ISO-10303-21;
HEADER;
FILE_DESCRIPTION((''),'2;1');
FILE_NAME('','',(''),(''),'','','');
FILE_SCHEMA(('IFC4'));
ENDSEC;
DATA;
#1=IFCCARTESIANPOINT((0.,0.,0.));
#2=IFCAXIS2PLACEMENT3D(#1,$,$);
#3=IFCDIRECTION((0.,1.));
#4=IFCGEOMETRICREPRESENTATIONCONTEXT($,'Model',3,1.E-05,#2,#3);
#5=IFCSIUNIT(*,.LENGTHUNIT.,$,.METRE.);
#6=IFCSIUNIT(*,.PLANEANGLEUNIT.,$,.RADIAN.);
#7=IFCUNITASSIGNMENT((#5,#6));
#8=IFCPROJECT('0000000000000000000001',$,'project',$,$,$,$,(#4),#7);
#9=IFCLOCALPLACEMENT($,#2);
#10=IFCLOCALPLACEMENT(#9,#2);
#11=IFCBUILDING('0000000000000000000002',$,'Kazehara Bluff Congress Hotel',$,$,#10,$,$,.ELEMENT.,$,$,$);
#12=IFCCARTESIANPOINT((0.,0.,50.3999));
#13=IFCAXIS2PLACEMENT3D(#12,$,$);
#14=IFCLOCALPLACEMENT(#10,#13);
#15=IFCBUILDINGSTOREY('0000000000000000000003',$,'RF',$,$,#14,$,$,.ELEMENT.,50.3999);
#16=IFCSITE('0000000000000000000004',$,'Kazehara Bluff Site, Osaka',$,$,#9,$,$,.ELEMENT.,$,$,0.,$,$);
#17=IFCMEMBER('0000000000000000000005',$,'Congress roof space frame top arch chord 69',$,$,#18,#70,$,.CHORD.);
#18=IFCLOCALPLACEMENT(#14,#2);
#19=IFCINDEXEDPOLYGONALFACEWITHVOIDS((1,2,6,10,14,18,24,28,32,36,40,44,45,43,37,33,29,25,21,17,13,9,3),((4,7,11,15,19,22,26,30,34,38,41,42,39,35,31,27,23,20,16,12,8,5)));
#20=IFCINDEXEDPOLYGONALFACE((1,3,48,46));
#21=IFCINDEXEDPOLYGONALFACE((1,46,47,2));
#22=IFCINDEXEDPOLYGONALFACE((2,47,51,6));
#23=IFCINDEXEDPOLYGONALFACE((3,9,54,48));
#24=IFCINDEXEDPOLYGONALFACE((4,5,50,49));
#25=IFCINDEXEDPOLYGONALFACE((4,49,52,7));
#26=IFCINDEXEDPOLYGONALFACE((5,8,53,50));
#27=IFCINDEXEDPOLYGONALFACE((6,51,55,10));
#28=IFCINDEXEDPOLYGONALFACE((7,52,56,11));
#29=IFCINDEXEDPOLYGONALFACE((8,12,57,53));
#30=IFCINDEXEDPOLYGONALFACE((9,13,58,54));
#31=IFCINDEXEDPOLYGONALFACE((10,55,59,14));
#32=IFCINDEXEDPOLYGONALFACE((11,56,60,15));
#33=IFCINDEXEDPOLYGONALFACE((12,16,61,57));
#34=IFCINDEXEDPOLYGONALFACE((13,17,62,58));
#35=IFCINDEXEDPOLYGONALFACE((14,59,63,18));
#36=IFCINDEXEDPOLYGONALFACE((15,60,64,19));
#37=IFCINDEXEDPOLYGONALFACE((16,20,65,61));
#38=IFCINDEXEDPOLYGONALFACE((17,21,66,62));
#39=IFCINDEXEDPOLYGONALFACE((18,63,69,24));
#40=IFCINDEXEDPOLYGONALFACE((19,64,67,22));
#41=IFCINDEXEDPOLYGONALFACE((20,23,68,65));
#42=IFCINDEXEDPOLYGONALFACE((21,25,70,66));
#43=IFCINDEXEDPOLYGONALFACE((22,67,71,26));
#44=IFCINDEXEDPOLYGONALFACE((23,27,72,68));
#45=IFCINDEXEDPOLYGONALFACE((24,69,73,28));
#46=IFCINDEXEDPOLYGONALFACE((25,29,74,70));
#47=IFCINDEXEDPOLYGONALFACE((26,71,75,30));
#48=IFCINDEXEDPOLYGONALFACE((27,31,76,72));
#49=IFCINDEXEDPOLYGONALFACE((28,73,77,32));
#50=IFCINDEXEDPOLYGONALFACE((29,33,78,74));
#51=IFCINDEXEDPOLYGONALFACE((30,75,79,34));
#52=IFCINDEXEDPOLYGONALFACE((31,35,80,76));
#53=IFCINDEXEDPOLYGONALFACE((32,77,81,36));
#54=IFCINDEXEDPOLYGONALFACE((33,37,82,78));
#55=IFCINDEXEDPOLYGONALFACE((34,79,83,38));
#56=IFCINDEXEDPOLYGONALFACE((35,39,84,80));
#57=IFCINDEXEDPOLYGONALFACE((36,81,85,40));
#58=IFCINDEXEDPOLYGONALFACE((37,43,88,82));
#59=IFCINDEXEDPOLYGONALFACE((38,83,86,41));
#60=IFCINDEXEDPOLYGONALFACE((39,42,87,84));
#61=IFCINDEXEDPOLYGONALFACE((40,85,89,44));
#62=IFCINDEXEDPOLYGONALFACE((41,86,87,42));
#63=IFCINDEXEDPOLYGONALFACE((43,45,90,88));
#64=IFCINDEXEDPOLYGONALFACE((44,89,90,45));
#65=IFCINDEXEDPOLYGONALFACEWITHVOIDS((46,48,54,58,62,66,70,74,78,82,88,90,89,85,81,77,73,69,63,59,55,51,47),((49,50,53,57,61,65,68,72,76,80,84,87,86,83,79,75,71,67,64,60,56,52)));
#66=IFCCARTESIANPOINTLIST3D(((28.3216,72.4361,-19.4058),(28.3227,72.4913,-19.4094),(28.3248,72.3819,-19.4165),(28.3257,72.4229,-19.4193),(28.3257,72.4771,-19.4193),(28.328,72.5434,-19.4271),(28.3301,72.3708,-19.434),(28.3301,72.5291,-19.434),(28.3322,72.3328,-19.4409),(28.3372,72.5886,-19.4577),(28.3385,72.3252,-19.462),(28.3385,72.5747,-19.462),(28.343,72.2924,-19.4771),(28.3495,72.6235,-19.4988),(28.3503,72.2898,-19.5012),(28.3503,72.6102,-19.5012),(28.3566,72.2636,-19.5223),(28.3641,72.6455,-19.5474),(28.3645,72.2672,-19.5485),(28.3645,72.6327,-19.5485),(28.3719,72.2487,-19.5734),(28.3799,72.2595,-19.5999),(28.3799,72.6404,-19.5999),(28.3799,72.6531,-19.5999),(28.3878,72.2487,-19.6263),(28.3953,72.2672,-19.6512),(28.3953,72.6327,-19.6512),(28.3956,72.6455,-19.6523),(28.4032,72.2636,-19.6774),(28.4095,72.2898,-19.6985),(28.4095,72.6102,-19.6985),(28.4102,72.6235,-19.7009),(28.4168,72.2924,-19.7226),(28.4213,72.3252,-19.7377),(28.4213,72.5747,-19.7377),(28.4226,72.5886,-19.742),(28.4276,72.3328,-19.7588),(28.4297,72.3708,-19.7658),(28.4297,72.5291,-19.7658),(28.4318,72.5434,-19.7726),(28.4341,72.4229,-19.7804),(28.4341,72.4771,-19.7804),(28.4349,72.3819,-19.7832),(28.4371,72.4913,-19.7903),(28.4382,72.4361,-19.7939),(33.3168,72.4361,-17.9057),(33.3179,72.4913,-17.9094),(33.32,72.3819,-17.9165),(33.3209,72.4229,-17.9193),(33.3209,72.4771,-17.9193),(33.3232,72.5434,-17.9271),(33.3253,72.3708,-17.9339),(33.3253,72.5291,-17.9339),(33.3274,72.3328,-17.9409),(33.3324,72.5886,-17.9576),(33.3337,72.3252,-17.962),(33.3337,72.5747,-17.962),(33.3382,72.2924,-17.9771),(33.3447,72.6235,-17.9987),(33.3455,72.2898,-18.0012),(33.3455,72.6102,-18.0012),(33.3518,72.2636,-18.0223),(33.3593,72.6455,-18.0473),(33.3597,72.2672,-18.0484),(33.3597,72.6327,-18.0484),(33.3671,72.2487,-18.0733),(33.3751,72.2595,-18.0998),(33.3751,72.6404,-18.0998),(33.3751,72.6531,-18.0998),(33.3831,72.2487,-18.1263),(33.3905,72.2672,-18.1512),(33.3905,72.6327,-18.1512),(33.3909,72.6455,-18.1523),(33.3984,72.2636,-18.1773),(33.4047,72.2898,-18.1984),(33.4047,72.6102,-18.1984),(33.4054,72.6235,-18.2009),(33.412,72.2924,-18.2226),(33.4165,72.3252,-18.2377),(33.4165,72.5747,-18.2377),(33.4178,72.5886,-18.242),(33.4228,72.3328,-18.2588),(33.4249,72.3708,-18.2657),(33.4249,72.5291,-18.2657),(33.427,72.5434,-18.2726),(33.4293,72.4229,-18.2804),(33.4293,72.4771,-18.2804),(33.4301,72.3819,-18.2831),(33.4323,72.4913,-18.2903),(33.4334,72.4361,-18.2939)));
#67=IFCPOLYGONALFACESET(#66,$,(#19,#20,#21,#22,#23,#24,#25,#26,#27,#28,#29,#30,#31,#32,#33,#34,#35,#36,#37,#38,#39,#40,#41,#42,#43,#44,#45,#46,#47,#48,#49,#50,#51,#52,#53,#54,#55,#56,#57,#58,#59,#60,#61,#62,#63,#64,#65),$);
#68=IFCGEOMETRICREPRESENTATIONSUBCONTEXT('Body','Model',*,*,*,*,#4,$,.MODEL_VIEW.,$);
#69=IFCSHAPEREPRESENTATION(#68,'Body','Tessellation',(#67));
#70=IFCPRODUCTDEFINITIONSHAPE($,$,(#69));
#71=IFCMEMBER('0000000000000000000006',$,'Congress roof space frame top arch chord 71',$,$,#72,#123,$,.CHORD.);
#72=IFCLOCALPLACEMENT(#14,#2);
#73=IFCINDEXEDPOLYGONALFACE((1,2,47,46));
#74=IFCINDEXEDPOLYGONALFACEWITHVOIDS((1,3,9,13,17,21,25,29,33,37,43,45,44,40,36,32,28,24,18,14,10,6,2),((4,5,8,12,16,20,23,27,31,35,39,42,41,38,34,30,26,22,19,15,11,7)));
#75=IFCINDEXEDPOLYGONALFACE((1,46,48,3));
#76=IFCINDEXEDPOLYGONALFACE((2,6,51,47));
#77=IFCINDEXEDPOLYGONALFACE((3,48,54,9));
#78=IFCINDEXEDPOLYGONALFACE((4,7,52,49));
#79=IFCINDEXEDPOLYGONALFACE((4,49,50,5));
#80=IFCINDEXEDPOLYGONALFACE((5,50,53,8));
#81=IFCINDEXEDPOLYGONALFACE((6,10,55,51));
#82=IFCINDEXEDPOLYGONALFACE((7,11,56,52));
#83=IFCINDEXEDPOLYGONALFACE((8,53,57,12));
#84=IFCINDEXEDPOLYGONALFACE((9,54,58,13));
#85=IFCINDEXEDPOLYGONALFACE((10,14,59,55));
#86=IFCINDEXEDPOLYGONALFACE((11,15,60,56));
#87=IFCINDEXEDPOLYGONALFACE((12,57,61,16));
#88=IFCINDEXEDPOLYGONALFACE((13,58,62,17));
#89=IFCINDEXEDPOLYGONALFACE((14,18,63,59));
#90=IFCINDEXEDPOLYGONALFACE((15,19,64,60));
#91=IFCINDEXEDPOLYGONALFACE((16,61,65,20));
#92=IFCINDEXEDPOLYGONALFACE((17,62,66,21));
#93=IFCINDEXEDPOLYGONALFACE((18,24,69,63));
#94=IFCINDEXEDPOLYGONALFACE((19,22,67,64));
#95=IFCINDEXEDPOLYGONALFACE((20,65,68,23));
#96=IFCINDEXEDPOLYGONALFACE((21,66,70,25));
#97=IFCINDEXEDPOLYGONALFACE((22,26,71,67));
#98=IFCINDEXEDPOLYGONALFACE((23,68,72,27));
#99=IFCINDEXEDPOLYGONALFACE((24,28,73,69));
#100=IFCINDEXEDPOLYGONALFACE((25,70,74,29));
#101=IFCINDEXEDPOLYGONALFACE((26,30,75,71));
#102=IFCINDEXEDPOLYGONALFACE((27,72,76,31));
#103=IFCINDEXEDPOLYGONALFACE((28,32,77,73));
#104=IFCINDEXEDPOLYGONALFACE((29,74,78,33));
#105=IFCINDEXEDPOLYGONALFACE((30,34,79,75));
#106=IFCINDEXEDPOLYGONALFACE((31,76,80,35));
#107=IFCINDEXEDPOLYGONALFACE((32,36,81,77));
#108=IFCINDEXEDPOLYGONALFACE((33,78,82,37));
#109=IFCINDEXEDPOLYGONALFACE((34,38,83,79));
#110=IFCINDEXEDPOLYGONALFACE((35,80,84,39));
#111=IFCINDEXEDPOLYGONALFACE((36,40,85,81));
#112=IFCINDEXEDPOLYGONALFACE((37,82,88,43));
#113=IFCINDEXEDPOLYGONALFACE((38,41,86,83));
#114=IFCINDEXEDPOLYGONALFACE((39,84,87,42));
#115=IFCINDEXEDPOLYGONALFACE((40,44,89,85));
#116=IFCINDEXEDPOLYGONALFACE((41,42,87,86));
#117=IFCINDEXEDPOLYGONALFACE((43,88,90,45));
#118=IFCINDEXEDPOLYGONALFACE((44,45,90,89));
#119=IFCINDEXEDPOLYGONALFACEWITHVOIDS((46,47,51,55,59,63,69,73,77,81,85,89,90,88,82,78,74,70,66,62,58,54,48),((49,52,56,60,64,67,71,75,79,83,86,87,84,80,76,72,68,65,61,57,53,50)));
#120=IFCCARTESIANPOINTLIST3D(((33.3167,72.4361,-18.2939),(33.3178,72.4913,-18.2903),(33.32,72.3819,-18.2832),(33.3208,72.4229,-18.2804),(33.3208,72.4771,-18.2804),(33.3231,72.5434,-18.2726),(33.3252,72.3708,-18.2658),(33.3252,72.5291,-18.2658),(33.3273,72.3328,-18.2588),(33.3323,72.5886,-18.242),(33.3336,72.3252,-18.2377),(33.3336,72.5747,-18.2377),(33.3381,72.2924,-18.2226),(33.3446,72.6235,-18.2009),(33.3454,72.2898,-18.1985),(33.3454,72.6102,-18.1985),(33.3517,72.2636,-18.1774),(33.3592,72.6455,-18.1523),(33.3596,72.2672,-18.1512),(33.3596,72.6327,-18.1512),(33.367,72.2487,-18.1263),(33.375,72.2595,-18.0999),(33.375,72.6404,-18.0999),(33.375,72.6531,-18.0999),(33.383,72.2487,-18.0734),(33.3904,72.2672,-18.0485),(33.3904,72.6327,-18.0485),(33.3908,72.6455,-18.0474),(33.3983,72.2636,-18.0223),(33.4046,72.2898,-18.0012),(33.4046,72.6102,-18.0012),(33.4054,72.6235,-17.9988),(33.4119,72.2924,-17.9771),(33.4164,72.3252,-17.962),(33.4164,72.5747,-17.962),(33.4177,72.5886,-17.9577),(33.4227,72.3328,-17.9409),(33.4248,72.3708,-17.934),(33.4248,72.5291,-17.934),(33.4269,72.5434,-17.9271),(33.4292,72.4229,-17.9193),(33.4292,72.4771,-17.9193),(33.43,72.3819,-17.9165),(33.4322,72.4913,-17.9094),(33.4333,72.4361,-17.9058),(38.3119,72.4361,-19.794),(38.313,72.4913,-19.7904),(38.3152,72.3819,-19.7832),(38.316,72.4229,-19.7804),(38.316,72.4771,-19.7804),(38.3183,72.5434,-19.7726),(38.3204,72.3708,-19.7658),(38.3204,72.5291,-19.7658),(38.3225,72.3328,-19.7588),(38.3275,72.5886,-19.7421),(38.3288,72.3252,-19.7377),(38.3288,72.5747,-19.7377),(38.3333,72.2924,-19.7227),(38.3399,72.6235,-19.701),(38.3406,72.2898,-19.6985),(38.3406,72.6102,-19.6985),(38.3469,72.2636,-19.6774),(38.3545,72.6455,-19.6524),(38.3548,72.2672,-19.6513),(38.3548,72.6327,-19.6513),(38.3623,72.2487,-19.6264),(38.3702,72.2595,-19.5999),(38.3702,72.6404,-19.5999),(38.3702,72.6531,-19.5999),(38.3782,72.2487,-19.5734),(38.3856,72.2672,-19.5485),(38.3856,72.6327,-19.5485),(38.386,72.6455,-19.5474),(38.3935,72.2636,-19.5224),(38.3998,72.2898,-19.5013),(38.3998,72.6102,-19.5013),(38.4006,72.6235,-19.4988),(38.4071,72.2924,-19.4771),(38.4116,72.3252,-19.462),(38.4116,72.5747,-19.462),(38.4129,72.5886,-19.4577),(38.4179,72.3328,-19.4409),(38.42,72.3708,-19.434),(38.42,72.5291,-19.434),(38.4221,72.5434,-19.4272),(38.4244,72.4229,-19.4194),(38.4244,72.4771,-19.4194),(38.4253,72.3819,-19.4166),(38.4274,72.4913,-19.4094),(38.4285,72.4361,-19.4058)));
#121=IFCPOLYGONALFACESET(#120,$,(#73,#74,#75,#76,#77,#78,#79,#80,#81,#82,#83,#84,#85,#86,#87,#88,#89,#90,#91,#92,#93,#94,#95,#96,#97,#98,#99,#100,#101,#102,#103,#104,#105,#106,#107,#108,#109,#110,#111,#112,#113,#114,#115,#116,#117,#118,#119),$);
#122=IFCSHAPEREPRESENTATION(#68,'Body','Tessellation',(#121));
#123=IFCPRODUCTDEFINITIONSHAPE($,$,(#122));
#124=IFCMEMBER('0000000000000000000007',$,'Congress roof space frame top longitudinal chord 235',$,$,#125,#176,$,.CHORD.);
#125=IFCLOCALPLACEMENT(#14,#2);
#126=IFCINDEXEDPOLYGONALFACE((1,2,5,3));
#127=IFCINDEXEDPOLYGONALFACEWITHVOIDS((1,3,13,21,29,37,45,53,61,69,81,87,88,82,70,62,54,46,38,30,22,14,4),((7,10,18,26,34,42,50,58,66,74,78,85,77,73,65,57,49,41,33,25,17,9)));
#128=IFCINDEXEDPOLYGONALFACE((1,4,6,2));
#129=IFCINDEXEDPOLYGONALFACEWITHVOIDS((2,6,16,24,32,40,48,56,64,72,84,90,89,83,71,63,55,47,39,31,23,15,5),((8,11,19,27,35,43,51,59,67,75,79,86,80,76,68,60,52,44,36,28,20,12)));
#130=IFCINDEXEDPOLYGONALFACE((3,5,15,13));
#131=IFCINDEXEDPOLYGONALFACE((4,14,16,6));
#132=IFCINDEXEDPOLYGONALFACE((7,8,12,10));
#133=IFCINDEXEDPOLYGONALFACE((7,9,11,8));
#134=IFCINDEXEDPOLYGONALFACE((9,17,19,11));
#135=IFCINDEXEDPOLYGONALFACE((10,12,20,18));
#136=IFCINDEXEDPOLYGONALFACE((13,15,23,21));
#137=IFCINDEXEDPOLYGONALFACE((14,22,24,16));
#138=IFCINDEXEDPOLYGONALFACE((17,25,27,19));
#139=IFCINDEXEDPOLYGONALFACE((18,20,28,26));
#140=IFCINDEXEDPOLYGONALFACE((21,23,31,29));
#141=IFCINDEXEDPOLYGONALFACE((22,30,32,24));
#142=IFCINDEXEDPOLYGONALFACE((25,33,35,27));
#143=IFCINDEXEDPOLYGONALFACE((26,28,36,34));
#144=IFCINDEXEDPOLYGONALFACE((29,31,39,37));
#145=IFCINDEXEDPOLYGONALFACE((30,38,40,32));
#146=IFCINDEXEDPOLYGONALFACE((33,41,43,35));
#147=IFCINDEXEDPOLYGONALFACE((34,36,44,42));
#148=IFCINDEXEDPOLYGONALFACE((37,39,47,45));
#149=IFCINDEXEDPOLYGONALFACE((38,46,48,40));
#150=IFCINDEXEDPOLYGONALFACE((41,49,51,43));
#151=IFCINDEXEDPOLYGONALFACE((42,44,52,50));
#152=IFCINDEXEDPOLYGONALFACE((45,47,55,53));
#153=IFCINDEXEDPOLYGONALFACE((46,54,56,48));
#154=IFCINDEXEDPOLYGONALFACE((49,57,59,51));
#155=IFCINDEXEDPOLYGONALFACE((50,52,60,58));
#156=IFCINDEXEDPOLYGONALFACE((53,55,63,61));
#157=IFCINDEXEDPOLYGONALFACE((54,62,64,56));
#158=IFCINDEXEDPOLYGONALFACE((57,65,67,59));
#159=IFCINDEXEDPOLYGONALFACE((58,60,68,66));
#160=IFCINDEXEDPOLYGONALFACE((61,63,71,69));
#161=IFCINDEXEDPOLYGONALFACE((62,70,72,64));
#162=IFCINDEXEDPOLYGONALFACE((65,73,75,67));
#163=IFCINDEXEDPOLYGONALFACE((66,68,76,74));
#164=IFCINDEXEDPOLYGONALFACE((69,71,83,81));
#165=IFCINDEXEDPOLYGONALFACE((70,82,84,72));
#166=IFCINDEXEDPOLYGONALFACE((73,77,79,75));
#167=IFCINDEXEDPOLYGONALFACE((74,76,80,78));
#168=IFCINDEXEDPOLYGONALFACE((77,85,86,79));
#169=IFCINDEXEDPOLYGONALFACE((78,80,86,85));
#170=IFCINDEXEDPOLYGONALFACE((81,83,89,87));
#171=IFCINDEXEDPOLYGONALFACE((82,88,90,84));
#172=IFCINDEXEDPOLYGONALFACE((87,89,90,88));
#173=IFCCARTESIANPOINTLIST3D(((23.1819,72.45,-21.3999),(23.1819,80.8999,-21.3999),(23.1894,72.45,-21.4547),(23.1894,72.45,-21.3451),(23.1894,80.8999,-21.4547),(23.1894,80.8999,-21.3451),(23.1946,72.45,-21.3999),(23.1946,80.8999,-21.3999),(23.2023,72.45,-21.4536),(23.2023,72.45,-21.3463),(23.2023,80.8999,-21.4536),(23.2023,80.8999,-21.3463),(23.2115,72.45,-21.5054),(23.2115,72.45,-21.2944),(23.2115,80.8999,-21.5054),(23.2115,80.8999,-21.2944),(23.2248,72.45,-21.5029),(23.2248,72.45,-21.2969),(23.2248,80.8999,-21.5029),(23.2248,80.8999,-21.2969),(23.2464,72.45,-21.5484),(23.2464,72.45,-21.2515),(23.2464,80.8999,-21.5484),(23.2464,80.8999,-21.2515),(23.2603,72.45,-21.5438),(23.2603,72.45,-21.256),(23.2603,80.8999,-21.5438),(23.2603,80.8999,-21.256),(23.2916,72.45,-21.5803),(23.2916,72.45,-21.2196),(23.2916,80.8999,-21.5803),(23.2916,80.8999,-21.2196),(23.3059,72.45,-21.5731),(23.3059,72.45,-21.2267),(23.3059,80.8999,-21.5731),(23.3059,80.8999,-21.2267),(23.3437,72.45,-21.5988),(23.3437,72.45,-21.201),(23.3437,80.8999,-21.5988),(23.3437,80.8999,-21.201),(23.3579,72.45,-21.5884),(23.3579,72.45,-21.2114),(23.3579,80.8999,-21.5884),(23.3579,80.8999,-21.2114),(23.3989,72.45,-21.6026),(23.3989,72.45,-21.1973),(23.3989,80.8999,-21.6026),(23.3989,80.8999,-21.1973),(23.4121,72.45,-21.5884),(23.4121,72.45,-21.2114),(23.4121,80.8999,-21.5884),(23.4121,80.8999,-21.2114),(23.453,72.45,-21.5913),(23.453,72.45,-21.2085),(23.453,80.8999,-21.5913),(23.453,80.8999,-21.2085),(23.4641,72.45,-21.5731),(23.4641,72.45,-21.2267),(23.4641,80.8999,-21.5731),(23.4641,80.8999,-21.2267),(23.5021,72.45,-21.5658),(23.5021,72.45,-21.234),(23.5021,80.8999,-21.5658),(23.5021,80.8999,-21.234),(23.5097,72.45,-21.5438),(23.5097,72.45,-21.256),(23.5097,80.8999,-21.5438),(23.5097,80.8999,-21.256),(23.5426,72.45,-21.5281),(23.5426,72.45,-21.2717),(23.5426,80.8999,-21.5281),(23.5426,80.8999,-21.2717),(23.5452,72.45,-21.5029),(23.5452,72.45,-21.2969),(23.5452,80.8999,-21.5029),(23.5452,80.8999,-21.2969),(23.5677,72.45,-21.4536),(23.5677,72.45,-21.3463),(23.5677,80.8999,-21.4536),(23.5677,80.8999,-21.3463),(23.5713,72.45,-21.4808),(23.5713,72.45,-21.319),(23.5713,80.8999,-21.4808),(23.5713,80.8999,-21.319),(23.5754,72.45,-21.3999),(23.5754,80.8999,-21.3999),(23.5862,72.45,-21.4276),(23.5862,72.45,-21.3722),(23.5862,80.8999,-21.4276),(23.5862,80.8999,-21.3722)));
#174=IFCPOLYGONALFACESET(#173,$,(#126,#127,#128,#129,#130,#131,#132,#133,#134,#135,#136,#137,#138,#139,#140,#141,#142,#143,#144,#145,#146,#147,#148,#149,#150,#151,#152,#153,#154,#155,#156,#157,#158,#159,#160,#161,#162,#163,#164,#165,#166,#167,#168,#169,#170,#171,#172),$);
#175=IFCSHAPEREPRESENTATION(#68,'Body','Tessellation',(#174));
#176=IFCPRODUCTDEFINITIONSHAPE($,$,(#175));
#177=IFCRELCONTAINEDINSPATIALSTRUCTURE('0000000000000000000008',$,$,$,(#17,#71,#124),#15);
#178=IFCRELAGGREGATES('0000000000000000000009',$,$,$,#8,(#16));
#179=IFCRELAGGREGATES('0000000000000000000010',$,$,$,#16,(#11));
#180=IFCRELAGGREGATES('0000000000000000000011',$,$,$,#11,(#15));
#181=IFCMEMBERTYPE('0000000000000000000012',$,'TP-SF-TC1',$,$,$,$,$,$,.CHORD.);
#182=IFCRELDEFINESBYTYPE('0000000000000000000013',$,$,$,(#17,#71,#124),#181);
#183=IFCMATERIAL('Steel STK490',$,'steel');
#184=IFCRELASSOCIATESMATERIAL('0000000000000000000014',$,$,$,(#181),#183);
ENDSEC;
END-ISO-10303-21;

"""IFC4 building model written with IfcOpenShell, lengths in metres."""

from ifc_helpers import new_model, si_unit, direction, frame, origin, origin_2d, place, context, subcontext, project, spatial, hollow_circle, extrude, material, material_profile, profile_set, type_object, element, save


model = new_model("IFC4")

# Units and contexts
model_context = context("Model", 3, precision=1e-05, world=origin(), true_north=direction((0.0, 1.0)))
body_context = subcontext(model_context, "Body", "Model", "MODEL_VIEW")
ifc_project = project(units=[si_unit("LENGTHUNIT", "METRE"), si_unit("PLANEANGLEUNIT", "RADIAN")], contexts=[model_context])

# Site, building, storey
site_placement = place(None, origin())
site = spatial("IfcSite", under=ifc_project, at=site_placement, Name="Kazehara Bluff Site, Osaka", CompositionType="ELEMENT", RefElevation=0.0)
building_placement = place(site_placement, origin())
building = spatial("IfcBuilding", under=site, at=building_placement, Name="Kazehara Bluff Congress Hotel", CompositionType="ELEMENT")
storey_placement = place(building_placement, frame((0.0, 0.0, 50.3999)))
storey = spatial("IfcBuildingStorey", under=building, at=storey_placement, Name="RF", CompositionType="ELEMENT", Elevation=50.3999)

# Members
ifc_material_1 = material(Name="Steel STK490", Category="steel")
ifc_material_profile_1 = material_profile(ifc_material_1, hollow_circle(Radius=0.2031, WallThickness=0.0127, at=origin_2d()))
ifc_profile_set_1 = profile_set([ifc_material_profile_1], Name="Steel STK490")
member_type_1 = type_object("IfcMemberType", Name="TP-SF-TC1", PredefinedType="CHORD", material=ifc_profile_set_1)
for number, where, z_axis, x_axis, name in (
    (1, (28.3799, 72.45, -19.5999), (0.957749, 0.0, 0.287606), (0.0, 1.0, 0.0), "Congress roof space frame top arch chord 69"),
    (2, (33.375, 72.45, -18.0999), (0.957749, 0.0, -0.287606), (0.0, 1.0, 0.0), "Congress roof space frame top arch chord 71"),
):
    element("IfcMember", number, at=place(storey_placement, frame(where, z_axis=z_axis, x_axis=x_axis)), inside=storey, type_object=member_type_1, Name=name, PredefinedType="CHORD", context=body_context, shape_type="SweptSolid", body=[
        extrude(hollow_circle(Radius=0.2031, WallThickness=0.0127, at=origin_2d()), origin(), (0.0, 0.0, 1.0), 5.2156),
    ])
for number, where, z_axis, x_axis, name in (
    (3, (23.385, 72.45, -21.3999), (0.0, 1.0, 0.0), (-1.0, 0.0, 0.0), "Congress roof space frame top longitudinal chord 235"),
):
    element("IfcMember", number, at=place(storey_placement, frame(where, z_axis=z_axis, x_axis=x_axis)), inside=storey, type_object=member_type_1, Name=name, PredefinedType="CHORD", context=body_context, shape_type="SweptSolid", body=[
        extrude(hollow_circle(Radius=0.2031, WallThickness=0.0127, at=origin_2d()), origin(), (0.0, 0.0, 1.0), 8.45),
    ])

save(model, "model.ifc")
